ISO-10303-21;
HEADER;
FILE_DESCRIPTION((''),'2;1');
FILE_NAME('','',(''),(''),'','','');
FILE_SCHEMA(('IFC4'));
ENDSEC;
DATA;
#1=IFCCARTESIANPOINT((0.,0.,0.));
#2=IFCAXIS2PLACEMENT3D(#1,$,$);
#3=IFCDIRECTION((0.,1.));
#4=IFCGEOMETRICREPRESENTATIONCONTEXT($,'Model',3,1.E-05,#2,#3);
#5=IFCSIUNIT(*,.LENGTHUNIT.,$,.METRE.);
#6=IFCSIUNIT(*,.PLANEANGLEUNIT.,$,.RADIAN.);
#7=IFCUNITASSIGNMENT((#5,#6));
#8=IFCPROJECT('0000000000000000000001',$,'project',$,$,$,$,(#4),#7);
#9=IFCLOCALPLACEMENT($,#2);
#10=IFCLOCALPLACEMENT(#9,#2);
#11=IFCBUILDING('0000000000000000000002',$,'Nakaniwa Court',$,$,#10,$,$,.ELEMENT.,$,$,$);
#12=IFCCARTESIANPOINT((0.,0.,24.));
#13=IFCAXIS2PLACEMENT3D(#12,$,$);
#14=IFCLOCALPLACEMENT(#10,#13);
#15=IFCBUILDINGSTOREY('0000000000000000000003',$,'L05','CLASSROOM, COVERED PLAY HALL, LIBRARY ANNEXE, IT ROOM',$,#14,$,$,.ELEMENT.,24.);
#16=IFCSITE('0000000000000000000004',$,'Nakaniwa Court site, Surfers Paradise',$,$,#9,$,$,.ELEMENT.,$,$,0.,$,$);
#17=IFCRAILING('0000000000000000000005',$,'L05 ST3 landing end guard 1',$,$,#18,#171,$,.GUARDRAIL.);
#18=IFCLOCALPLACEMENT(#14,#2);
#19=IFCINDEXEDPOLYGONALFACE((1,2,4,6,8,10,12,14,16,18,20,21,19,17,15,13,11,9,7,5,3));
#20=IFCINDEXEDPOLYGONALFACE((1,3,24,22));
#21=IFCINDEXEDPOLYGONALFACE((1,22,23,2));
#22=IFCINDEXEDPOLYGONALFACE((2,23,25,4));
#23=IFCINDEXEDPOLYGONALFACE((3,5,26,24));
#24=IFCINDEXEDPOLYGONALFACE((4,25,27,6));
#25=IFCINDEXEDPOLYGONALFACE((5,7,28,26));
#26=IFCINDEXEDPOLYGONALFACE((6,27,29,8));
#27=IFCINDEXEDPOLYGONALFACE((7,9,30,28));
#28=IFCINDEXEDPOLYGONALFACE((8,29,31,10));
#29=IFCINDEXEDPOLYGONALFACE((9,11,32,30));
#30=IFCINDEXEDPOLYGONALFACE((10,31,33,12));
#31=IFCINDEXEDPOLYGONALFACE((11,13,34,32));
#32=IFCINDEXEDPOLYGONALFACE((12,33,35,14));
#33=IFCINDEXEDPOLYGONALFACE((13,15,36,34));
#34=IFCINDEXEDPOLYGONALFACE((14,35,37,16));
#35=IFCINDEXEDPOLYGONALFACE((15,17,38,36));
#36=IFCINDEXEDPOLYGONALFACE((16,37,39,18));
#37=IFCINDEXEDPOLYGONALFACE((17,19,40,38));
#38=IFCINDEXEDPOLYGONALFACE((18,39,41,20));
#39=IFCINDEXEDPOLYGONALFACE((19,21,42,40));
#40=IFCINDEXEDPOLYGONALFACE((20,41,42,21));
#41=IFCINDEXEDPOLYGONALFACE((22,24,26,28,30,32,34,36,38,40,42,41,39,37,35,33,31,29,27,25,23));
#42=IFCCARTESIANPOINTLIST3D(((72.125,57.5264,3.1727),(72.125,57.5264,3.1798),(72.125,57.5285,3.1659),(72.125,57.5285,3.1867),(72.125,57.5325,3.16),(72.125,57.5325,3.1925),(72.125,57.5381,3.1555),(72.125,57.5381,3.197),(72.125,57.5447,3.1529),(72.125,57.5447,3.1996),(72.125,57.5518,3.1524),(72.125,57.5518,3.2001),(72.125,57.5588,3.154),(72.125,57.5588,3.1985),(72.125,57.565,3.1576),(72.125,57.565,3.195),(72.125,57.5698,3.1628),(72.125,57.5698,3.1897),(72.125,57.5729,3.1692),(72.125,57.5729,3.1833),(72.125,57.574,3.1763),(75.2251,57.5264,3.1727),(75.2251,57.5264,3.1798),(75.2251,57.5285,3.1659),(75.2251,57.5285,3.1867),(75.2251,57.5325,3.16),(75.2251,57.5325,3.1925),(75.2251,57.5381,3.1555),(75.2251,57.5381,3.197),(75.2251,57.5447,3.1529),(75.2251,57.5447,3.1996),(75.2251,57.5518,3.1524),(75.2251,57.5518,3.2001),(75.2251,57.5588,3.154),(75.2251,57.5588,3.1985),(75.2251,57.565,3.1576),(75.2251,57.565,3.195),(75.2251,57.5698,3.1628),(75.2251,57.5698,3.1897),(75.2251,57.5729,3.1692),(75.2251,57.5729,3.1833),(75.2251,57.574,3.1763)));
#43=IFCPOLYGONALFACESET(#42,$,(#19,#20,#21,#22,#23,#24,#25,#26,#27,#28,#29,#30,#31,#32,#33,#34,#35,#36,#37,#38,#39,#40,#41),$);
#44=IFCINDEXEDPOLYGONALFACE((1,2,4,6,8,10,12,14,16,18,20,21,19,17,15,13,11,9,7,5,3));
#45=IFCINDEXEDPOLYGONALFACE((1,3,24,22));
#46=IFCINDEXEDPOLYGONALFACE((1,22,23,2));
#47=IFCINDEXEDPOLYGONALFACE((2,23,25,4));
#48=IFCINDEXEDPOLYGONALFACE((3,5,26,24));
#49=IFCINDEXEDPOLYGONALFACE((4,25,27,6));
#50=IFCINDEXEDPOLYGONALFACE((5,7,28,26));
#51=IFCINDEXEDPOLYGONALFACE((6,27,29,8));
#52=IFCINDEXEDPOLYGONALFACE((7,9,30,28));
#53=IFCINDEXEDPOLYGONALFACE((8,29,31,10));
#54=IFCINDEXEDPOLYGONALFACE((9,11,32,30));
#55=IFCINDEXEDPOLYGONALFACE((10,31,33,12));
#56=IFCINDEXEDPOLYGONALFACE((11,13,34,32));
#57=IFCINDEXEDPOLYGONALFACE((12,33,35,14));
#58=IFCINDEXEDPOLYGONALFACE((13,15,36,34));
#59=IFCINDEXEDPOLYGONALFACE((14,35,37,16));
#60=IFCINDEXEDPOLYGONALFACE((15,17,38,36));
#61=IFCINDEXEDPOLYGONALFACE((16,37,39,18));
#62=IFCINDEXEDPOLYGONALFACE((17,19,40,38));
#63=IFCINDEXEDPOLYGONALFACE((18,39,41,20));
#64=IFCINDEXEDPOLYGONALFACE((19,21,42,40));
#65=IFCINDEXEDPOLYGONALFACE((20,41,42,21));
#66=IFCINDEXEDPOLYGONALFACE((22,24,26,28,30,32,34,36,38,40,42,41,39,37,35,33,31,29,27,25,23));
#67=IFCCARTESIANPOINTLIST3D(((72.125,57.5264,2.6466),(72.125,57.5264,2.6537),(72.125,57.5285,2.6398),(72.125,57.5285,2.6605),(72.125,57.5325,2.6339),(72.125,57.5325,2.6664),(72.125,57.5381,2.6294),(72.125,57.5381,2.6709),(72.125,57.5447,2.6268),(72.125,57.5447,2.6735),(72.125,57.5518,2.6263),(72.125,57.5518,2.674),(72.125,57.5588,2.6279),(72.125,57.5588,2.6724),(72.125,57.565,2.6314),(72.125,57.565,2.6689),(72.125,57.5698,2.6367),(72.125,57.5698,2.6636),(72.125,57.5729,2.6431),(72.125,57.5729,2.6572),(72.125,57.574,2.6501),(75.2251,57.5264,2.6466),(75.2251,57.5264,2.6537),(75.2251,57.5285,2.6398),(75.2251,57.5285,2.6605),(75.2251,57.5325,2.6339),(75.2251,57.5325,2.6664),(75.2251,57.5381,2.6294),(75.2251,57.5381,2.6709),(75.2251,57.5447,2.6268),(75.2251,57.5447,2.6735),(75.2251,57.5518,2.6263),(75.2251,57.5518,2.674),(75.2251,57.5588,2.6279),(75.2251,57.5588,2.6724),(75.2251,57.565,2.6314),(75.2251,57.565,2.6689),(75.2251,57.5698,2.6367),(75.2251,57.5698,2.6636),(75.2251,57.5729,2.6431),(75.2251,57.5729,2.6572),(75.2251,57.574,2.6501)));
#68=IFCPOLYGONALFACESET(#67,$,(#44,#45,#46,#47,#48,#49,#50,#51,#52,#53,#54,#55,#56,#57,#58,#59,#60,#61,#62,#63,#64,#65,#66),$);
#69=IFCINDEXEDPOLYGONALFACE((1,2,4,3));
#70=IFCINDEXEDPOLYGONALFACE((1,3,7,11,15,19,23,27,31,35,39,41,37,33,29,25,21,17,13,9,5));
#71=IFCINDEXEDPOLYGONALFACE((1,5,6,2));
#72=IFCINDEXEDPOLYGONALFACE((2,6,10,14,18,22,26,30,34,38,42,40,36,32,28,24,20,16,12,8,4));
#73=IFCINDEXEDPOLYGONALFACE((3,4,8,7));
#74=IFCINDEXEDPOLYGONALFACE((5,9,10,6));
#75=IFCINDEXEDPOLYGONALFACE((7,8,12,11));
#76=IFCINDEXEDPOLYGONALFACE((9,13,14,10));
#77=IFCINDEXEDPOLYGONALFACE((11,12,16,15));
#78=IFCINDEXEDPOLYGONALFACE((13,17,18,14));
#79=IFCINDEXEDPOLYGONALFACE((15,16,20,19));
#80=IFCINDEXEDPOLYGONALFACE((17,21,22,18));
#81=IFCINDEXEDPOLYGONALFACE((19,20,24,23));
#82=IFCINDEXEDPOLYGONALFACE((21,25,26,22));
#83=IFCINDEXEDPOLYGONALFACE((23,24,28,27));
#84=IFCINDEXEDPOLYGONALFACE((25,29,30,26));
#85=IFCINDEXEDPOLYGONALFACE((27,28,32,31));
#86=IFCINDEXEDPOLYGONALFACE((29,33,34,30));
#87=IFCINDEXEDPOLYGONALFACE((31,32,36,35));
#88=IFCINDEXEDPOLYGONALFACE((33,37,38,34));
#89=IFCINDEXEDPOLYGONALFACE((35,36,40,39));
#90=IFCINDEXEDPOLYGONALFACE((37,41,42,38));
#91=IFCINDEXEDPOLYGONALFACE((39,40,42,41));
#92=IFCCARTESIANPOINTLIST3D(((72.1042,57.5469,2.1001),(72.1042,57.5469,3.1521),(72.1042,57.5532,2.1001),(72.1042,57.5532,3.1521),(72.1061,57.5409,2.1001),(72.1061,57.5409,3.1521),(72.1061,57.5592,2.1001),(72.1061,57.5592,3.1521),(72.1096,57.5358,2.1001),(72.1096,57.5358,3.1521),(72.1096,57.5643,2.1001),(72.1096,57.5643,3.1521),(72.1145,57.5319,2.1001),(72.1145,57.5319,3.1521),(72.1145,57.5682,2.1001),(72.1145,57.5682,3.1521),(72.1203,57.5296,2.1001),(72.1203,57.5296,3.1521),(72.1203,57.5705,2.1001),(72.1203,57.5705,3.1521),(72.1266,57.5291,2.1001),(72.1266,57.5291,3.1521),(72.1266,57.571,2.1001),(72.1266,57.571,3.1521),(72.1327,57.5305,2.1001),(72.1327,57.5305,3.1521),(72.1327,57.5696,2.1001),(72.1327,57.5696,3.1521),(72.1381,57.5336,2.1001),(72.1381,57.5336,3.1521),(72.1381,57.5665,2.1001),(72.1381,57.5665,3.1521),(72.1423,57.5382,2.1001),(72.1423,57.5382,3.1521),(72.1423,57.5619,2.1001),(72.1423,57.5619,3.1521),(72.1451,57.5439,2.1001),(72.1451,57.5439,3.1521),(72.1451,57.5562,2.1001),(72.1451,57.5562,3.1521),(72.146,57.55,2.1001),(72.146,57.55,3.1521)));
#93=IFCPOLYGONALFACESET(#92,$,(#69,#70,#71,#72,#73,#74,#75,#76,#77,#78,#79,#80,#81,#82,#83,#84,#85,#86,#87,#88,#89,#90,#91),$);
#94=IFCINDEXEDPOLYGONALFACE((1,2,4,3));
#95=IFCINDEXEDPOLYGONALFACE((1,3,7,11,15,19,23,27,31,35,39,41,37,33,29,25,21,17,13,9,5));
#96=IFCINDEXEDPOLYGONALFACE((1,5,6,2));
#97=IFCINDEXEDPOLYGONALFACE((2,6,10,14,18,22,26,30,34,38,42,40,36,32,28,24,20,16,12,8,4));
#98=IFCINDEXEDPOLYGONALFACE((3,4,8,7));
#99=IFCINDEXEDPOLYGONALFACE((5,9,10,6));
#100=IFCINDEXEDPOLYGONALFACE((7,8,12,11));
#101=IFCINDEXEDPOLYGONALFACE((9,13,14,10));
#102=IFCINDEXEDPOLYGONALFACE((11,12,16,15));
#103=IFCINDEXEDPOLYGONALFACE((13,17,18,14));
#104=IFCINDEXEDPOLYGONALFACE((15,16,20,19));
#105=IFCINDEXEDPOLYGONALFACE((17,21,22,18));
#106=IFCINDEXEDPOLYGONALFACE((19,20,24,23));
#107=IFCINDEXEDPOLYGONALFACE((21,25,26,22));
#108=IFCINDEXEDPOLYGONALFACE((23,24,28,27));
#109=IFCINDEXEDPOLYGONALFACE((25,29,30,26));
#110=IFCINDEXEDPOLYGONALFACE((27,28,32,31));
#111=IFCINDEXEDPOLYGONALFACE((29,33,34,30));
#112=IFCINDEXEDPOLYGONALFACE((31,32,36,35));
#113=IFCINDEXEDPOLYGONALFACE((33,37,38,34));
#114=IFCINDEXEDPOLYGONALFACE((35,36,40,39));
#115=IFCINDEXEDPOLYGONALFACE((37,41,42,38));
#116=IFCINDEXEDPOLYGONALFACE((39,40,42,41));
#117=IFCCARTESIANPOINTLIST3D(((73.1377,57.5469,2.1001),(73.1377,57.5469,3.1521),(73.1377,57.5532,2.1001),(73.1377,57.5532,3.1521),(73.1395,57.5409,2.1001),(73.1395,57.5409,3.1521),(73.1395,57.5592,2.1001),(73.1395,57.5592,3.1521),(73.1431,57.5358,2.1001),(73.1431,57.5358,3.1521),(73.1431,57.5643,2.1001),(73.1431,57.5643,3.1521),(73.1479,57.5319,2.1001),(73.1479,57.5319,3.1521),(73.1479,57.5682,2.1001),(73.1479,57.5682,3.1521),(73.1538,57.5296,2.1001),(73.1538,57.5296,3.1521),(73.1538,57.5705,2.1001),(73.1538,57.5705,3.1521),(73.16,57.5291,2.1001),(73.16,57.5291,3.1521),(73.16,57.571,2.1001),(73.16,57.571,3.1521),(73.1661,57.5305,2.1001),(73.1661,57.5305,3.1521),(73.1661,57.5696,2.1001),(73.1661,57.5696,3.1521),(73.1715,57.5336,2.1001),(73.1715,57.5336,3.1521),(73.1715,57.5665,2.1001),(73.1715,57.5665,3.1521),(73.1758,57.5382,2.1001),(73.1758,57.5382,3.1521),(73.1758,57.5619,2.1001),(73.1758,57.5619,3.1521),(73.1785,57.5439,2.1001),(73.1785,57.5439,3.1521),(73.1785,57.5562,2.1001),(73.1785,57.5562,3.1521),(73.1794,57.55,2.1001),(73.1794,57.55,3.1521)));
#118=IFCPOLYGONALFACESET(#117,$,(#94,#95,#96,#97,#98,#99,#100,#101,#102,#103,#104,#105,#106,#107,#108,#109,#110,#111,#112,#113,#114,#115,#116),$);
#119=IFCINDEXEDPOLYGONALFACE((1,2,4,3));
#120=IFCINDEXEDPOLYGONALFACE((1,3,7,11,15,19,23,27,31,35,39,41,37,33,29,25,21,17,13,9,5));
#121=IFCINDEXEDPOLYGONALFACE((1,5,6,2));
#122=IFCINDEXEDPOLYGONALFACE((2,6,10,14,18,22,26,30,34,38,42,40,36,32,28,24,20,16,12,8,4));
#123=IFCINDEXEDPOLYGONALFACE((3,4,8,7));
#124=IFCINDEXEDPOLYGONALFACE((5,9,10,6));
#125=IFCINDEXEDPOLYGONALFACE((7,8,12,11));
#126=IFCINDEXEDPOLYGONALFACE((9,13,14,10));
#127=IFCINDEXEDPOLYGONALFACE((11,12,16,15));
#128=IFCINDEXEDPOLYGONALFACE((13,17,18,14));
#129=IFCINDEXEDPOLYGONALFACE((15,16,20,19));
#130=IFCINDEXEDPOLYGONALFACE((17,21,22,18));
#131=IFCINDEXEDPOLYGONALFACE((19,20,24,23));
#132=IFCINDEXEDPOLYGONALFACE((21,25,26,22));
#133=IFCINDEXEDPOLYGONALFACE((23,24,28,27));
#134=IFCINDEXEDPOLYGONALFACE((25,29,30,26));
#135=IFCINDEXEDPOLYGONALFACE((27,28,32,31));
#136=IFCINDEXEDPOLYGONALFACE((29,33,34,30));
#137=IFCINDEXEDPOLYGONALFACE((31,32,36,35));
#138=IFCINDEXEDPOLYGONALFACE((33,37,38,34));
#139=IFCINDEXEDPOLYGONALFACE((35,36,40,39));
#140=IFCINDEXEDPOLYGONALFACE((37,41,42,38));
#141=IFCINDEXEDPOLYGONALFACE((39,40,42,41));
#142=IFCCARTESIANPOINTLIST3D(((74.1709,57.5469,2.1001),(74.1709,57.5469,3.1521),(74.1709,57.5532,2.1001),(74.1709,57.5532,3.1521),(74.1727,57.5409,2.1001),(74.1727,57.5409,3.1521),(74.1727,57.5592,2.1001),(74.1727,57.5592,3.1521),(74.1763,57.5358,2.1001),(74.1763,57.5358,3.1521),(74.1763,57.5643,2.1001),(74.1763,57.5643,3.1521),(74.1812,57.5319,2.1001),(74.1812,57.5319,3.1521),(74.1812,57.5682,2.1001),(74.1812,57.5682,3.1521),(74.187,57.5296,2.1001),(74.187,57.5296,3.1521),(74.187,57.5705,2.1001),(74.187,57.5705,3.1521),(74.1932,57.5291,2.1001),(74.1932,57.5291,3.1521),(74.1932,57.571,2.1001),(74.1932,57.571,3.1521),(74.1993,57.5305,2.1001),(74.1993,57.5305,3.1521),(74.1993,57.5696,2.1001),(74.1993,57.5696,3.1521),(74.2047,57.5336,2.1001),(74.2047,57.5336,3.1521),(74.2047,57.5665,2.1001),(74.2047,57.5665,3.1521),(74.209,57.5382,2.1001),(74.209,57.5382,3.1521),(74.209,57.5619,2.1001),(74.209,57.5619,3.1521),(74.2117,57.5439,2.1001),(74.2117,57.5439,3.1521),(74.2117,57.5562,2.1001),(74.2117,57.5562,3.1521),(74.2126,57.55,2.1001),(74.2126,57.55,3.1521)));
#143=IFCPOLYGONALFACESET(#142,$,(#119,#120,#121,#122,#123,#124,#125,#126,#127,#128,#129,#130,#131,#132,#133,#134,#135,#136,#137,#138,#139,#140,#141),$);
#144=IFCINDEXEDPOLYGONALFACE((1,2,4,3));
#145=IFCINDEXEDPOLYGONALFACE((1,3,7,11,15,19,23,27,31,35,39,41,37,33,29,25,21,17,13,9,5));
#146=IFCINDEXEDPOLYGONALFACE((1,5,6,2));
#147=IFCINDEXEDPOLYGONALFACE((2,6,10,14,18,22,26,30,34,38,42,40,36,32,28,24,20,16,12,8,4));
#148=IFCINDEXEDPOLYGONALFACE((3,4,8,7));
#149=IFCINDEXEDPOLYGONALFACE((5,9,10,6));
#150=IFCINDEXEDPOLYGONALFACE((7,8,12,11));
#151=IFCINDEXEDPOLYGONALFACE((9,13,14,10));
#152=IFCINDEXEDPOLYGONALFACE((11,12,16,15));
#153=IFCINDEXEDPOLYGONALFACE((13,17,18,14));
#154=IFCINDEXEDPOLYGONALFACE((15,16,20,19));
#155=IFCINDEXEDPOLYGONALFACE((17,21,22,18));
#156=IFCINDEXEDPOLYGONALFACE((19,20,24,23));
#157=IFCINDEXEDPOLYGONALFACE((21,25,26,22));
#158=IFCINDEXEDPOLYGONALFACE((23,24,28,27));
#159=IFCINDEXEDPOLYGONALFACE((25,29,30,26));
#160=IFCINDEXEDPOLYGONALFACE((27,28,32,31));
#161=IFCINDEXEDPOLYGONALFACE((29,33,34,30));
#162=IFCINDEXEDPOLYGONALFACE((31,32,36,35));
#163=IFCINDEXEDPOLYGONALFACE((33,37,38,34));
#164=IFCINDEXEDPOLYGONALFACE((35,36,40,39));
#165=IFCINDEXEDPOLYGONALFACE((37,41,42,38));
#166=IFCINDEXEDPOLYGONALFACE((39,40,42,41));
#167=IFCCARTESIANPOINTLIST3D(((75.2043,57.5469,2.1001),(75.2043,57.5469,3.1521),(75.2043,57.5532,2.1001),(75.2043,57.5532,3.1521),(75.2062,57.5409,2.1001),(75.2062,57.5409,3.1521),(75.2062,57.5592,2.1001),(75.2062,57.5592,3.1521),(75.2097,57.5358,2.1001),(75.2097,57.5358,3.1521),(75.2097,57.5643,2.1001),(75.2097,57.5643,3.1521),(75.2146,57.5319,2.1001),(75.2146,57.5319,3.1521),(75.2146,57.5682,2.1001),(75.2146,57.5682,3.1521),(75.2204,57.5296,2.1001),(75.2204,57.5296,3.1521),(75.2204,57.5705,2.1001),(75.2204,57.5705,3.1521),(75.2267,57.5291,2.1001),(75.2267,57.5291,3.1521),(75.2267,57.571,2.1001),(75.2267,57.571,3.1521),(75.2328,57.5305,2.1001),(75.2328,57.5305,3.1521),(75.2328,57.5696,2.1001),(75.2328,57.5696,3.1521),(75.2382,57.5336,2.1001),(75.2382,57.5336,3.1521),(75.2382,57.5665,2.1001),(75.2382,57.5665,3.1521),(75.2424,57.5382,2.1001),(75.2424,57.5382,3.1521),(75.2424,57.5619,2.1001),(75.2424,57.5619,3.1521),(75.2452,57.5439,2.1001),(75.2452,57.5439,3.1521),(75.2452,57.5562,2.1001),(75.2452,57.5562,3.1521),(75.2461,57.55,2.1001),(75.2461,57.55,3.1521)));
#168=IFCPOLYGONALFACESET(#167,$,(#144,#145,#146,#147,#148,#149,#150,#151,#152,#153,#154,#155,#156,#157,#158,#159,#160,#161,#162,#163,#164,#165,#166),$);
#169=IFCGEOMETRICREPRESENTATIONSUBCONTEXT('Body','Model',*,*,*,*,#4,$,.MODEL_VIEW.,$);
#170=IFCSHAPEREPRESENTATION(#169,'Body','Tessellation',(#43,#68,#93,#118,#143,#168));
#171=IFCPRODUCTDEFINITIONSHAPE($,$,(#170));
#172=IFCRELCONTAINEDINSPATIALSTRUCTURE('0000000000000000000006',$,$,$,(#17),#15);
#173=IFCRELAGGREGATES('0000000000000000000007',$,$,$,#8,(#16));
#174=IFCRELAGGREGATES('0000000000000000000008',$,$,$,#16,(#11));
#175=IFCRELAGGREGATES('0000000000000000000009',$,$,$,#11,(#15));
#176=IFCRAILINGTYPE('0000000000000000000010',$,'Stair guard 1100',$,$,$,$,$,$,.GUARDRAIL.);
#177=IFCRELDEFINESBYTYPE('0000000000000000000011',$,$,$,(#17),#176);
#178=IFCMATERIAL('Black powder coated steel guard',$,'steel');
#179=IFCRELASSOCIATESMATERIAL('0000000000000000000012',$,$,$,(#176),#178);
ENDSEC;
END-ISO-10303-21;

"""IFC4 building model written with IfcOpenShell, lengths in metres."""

from ifc_helpers import new_model, si_unit, direction, frame, origin, origin_2d, place, context, subcontext, project, spatial, circle, extrude, material, type_object, element, save


model = new_model("IFC4")

# Units and contexts
model_context = context("Model", 3, precision=1e-05, world=origin(), true_north=direction((0.0, 1.0)))
body_context = subcontext(model_context, "Body", "Model", "MODEL_VIEW")
ifc_project = project(units=[si_unit("LENGTHUNIT", "METRE"), si_unit("PLANEANGLEUNIT", "RADIAN")], contexts=[model_context])

# Site, building, storey
site_placement = place(None, origin())
site = spatial("IfcSite", under=ifc_project, at=site_placement, Name="Nakaniwa Court site, Surfers Paradise", CompositionType="ELEMENT", RefElevation=0.0)
building_placement = place(site_placement, origin())
building = spatial("IfcBuilding", under=site, at=building_placement, Name="Nakaniwa Court", CompositionType="ELEMENT")
storey_placement = place(building_placement, frame((0.0, 0.0, 24.0)))
storey = spatial("IfcBuildingStorey", under=building, at=storey_placement, Name="L05", Description="CLASSROOM, COVERED PLAY HALL, LIBRARY ANNEXE, IT ROOM", CompositionType="ELEMENT", Elevation=24.0)

# Railing
ifc_material_1 = material(Name="Black powder coated steel guard", Category="steel")
railing_type_1 = type_object("IfcRailingType", Name="Stair guard 1100", PredefinedType="GUARDRAIL", material=ifc_material_1)
railing_1_placement = place(storey_placement, frame((72.125, 57.55, 2.1001)))
element("IfcRailing", 1, at=railing_1_placement, inside=storey, type_object=railing_type_1, Name="L05 ST3 landing end guard 1", PredefinedType="GUARDRAIL", context=body_context, shape_type="SweptSolid", body=[
    extrude(circle(Radius=0.0239, at=origin_2d()), frame((0.0, 0.0, 1.0762), z_axis=(1.0, 0.0, 0.0), x_axis=(0.0, 1.0, 0.0)), (0.0, 0.0, 1.0), 3.1001),
    extrude(circle(Radius=0.0239, at=origin_2d()), frame((0.0, 0.0, 0.55), z_axis=(1.0, 0.0, 0.0), x_axis=(0.0, 1.0, 0.0)), (0.0, 0.0, 1.0), 3.1001),
    extrude(circle(Radius=0.021, at=origin_2d()), origin(), (0.0, 0.0, 1.0), 1.052),
    extrude(circle(Radius=0.021, at=origin_2d()), frame((1.0334, 0.0, 0.0)), (0.0, 0.0, 1.0), 1.052),
    extrude(circle(Radius=0.021, at=origin_2d()), frame((2.0667, 0.0, 0.0)), (0.0, 0.0, 1.0), 1.052),
    extrude(circle(Radius=0.021, at=origin_2d()), frame((3.1001, 0.0, 0.0)), (0.0, 0.0, 1.0), 1.052),
])

save(model, "model.ifc")
